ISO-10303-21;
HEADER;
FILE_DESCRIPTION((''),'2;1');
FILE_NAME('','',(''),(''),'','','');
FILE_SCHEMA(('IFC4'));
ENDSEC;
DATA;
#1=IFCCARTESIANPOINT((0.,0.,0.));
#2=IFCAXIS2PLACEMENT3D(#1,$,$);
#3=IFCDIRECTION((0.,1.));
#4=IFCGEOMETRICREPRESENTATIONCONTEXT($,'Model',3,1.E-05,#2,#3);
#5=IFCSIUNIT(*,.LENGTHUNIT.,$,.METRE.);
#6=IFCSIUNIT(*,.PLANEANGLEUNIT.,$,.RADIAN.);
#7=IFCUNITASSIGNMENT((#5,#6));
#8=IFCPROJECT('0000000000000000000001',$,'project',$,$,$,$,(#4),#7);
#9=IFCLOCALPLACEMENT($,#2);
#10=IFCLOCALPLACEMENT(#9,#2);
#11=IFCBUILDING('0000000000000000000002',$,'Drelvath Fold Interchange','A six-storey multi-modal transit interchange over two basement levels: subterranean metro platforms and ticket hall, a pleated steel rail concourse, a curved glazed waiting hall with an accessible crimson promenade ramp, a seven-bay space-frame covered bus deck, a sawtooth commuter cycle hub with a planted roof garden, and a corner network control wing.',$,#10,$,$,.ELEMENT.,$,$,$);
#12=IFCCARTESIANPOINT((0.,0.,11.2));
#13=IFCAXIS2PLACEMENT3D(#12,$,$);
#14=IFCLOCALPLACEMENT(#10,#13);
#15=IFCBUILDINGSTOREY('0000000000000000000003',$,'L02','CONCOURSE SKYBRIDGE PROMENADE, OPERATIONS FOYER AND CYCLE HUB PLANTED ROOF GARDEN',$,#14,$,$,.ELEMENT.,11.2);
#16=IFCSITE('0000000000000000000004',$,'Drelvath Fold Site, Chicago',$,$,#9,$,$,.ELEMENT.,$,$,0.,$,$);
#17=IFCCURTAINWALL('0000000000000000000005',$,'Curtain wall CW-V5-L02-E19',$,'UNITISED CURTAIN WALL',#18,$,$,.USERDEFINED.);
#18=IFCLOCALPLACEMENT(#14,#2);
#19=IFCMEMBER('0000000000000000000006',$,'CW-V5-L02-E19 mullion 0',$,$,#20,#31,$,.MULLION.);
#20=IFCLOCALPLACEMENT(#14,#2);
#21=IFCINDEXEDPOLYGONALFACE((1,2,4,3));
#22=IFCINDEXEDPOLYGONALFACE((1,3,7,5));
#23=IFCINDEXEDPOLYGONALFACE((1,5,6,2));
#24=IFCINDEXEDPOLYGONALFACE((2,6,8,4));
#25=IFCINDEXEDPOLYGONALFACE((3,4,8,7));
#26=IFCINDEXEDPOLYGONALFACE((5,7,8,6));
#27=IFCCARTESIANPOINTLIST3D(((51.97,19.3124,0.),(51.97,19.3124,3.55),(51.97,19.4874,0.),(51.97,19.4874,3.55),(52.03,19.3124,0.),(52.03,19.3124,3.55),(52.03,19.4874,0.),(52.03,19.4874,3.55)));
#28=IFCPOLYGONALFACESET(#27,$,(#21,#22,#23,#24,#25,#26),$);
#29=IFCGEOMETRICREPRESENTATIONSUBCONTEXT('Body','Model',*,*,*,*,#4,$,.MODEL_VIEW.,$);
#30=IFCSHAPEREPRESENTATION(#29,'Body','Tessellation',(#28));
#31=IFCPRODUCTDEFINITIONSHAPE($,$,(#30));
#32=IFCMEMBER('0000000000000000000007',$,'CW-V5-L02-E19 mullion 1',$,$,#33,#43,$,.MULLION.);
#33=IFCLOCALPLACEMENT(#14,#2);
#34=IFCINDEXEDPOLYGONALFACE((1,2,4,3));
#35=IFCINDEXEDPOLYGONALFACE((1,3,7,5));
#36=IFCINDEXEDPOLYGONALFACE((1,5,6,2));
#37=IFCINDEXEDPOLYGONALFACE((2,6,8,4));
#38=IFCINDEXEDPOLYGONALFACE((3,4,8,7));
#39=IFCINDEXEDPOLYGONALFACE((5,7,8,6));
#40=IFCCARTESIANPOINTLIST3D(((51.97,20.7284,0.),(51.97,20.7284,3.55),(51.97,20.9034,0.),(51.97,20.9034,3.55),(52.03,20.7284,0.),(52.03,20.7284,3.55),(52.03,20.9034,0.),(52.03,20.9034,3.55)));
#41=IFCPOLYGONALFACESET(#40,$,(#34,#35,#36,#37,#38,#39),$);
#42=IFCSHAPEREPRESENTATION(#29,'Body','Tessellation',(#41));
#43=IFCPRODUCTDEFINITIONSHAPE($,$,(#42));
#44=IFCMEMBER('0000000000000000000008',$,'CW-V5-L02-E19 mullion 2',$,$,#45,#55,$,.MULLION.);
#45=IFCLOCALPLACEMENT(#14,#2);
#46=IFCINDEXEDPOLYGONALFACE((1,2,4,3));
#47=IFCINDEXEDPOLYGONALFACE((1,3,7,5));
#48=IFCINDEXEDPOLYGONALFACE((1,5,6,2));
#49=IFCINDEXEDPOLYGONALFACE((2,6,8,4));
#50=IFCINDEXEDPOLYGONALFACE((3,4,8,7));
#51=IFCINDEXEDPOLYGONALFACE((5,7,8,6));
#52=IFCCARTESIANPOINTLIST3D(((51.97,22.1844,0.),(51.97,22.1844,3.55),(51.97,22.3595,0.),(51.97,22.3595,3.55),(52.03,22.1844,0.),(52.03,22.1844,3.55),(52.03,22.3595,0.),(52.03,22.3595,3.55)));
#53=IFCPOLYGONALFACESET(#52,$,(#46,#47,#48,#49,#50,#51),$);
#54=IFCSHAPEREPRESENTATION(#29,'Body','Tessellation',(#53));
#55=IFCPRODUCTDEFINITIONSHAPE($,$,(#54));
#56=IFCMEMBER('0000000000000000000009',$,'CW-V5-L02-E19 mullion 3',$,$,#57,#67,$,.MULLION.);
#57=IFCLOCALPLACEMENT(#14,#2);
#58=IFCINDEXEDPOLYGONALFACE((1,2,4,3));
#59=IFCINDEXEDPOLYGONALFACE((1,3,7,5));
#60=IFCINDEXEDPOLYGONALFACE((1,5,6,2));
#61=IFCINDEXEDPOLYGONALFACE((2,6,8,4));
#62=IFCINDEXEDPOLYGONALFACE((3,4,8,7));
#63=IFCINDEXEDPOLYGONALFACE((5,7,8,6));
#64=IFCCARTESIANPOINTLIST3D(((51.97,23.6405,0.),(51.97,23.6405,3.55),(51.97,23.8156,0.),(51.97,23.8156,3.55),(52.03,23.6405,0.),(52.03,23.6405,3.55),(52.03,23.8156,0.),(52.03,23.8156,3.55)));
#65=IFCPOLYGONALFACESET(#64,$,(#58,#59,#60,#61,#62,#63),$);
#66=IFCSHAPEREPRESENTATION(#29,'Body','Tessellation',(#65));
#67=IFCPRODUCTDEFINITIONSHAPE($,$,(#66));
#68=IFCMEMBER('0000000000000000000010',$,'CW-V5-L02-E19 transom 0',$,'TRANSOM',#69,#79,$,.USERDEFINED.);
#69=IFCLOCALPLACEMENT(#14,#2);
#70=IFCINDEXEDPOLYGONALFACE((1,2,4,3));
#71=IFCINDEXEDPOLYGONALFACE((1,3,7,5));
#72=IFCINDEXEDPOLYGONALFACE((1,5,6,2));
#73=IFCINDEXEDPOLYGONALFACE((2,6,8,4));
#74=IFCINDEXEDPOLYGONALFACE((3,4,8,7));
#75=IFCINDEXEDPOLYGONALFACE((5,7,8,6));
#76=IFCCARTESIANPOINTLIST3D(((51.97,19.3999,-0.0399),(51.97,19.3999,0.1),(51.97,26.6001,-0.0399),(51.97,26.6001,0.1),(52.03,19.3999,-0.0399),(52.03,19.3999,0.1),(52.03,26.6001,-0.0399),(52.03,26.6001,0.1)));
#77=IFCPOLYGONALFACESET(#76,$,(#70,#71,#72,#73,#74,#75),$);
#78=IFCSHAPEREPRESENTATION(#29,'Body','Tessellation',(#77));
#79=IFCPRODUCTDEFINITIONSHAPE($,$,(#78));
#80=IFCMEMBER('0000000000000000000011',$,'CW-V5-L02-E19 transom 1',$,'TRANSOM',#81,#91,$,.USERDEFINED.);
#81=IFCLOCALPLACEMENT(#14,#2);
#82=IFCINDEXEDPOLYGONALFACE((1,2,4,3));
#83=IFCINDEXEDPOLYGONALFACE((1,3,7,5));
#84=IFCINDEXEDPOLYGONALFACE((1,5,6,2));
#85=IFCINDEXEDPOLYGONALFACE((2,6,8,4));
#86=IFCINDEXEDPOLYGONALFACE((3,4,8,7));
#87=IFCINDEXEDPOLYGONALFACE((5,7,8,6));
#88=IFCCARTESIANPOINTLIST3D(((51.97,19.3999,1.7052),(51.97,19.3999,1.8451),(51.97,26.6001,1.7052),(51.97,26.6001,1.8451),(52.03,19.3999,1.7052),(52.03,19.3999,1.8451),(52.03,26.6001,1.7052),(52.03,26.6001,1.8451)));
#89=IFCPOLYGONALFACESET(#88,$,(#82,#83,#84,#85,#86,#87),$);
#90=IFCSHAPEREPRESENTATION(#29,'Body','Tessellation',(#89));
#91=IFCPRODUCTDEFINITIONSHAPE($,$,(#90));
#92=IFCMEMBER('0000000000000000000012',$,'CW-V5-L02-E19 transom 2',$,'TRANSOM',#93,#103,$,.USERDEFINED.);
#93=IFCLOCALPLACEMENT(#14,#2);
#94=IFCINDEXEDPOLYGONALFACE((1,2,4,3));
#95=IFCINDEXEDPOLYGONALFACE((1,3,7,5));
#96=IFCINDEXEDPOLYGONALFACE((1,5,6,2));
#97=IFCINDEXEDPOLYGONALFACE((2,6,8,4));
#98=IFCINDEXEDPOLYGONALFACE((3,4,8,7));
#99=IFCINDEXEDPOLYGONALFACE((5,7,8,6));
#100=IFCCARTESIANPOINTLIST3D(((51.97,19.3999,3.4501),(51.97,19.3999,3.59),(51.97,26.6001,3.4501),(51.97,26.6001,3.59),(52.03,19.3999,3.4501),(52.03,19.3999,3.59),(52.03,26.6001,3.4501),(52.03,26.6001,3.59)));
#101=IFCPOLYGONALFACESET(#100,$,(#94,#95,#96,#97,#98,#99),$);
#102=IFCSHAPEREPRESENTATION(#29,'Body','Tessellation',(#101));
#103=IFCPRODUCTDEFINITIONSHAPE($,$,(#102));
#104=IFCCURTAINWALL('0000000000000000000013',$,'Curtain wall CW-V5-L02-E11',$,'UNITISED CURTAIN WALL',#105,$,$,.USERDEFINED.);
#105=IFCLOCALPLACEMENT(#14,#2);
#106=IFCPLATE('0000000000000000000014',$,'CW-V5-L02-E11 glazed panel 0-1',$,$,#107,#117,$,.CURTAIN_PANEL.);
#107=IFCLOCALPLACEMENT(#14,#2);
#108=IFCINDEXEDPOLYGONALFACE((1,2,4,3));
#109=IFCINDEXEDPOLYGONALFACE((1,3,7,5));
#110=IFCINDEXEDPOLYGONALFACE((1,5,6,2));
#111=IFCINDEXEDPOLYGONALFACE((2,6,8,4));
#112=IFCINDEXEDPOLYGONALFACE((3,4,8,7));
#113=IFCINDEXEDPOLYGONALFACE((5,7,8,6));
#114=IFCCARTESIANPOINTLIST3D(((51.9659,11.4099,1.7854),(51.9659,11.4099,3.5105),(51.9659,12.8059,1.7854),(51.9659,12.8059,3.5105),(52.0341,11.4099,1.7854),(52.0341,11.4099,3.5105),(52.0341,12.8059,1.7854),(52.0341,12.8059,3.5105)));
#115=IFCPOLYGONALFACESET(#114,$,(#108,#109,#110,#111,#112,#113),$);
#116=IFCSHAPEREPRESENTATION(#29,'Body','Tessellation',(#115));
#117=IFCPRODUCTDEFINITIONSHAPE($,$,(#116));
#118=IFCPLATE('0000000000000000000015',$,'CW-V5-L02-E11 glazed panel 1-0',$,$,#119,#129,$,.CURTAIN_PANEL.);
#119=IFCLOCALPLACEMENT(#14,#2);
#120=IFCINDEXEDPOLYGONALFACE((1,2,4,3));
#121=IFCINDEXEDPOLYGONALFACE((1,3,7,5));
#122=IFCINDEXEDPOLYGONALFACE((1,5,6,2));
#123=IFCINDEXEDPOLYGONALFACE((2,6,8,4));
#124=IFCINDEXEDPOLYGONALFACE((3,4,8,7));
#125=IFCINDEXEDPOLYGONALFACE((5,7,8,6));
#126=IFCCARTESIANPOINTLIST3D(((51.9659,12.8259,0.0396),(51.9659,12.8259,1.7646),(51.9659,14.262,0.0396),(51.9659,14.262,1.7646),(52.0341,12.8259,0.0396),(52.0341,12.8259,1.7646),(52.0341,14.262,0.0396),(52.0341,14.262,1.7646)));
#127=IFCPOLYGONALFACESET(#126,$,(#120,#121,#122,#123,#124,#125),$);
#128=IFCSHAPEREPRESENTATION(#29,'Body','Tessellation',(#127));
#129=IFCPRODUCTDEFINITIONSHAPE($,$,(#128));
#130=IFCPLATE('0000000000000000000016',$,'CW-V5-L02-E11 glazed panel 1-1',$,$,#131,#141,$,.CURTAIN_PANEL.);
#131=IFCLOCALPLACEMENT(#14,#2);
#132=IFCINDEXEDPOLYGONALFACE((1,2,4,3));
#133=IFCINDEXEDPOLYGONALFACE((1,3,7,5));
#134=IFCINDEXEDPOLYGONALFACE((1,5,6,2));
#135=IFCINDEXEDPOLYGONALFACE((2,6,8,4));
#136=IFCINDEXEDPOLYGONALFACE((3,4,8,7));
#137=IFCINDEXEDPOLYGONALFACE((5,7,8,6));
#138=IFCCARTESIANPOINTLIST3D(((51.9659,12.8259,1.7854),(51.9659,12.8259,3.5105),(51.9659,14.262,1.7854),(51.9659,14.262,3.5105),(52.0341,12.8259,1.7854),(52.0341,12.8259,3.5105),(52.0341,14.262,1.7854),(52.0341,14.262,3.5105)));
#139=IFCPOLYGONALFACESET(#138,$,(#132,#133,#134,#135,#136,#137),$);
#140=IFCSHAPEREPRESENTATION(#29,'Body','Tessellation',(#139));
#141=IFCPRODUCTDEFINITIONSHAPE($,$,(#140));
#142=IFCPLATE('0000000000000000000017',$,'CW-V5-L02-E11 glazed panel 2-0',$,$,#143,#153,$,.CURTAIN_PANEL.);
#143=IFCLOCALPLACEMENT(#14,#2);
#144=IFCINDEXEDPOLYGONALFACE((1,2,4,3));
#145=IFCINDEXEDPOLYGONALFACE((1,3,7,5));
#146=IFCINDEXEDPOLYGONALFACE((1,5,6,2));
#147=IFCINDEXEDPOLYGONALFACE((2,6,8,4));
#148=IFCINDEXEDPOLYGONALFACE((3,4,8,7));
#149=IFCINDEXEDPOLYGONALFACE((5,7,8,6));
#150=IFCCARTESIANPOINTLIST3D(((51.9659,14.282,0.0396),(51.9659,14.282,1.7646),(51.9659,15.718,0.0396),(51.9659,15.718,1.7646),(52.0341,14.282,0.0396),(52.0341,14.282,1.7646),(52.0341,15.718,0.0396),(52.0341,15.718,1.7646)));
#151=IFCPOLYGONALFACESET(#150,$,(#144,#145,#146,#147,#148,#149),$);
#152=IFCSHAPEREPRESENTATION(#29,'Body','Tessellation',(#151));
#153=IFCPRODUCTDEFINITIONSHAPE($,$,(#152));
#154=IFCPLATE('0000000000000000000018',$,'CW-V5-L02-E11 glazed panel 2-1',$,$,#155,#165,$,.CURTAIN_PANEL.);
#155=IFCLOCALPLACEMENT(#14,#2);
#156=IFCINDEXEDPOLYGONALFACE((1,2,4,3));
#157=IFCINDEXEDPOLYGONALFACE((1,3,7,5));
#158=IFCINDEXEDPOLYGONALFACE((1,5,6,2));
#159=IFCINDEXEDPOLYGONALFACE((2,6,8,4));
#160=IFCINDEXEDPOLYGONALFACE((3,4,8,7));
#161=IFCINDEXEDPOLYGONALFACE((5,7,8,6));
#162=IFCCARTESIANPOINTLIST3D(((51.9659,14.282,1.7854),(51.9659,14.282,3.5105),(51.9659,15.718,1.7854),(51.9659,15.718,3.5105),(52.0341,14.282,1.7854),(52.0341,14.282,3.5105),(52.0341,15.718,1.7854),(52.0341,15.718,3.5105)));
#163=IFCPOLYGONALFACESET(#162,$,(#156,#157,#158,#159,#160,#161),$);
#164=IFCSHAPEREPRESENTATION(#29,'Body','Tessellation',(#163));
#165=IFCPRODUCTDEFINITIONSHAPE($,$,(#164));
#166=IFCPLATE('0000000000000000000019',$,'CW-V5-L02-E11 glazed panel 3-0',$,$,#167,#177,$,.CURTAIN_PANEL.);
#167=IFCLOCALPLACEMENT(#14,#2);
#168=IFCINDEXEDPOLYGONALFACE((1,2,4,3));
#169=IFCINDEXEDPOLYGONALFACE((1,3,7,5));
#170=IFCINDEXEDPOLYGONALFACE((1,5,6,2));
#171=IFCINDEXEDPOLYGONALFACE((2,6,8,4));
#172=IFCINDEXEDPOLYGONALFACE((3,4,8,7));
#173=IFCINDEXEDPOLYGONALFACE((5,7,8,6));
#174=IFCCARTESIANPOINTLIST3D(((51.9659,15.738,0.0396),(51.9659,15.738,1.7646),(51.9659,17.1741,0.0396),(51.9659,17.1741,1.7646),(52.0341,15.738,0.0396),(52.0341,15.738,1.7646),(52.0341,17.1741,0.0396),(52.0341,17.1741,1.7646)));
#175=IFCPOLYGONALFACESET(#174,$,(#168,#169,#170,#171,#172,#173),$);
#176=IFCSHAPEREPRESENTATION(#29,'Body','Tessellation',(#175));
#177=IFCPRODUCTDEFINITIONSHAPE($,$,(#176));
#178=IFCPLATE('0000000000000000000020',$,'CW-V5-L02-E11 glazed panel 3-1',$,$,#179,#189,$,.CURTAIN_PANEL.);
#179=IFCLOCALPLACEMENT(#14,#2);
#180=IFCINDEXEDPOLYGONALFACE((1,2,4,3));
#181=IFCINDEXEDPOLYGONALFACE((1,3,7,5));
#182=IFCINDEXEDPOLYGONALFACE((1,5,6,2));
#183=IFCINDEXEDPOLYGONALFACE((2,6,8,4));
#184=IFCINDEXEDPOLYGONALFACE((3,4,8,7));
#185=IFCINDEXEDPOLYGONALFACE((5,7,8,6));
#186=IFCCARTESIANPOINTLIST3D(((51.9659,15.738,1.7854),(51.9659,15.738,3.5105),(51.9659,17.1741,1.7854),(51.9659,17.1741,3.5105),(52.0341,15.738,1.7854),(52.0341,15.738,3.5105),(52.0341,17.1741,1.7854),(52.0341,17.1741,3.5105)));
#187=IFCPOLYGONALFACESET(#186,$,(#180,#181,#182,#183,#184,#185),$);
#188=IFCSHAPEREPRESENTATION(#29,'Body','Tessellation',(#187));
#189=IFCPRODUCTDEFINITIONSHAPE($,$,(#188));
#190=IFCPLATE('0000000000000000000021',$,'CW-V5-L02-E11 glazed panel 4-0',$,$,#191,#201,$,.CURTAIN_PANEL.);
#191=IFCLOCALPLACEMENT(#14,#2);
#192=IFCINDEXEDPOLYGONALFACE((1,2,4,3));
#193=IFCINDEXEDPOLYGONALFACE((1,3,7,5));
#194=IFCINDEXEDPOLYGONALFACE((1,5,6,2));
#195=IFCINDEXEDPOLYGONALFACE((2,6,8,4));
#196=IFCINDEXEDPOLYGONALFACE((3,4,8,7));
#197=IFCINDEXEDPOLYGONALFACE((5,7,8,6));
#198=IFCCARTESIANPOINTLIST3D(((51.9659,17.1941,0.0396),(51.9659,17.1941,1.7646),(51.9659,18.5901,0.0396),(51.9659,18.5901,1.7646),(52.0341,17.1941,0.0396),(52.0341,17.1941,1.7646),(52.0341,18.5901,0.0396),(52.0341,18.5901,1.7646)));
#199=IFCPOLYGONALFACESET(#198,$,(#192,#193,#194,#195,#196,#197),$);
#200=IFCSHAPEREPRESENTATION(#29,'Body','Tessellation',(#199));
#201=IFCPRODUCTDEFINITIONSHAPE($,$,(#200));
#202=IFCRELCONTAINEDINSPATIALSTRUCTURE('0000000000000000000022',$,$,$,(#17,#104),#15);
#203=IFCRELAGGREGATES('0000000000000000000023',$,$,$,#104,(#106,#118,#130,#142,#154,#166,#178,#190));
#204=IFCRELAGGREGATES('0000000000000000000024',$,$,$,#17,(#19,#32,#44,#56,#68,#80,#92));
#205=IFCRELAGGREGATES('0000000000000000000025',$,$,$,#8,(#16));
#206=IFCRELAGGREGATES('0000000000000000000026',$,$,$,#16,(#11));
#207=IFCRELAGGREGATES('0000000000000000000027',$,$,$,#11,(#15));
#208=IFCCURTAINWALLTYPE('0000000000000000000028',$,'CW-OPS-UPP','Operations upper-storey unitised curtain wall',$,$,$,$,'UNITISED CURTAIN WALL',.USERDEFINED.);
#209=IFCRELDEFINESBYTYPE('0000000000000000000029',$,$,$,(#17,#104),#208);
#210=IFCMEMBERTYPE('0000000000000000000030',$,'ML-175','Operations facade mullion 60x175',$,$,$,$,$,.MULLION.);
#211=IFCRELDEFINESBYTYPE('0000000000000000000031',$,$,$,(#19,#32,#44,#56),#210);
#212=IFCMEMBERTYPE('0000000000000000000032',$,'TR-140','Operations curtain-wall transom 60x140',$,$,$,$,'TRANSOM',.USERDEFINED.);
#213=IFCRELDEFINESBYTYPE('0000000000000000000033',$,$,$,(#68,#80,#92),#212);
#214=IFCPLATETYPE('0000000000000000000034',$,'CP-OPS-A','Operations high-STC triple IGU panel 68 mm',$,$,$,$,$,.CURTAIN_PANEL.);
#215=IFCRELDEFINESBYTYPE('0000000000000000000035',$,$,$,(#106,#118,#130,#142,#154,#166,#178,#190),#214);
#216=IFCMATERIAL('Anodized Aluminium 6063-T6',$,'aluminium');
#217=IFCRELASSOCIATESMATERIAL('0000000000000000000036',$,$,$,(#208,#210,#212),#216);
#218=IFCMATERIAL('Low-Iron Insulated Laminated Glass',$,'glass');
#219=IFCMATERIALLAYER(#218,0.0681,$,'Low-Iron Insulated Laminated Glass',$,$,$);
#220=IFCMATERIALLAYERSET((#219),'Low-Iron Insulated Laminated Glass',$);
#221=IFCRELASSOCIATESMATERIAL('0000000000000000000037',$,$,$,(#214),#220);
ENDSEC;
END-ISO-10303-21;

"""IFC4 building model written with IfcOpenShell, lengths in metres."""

from ifc_helpers import new_model, si_unit, direction, frame, origin, origin_2d, place, context, subcontext, project, spatial, rectangle, extrude, material, layer, layer_set, material_profile, profile_set, type_object, element, aggregate, save


model = new_model("IFC4")

# Units and contexts
model_context = context("Model", 3, precision=1e-05, world=origin(), true_north=direction((0.0, 1.0)))
body_context = subcontext(model_context, "Body", "Model", "MODEL_VIEW")
ifc_project = project(units=[si_unit("LENGTHUNIT", "METRE"), si_unit("PLANEANGLEUNIT", "RADIAN")], contexts=[model_context])

# Site, building, storey
site_placement = place(None, origin())
site = spatial("IfcSite", under=ifc_project, at=site_placement, Name="Drelvath Fold Site, Chicago", CompositionType="ELEMENT", RefElevation=0.0)
building_placement = place(site_placement, origin())
building = spatial("IfcBuilding", under=site, at=building_placement, Name="Drelvath Fold Interchange", Description="A six-storey multi-modal transit interchange over two basement levels: subterranean metro platforms and ticket hall, a pleated steel rail concourse, a curved glazed waiting hall with an accessible crimson promenade ramp, a seven-bay space-frame covered bus deck, a sawtooth commuter cycle hub with a planted roof garden, and a corner network control wing.", CompositionType="ELEMENT")
storey_placement = place(building_placement, frame((0.0, 0.0, 11.2)))
storey = spatial("IfcBuildingStorey", under=building, at=storey_placement, Name="L02", Description="CONCOURSE SKYBRIDGE PROMENADE, OPERATIONS FOYER AND CYCLE HUB PLANTED ROOF GARDEN", CompositionType="ELEMENT", Elevation=11.2)

# Curtain wall, members
ifc_material_1 = material(Name="Anodized Aluminium 6063-T6", Category="aluminium")
curtain_wall_type = type_object("IfcCurtainWallType", Name="CW-OPS-UPP", Description="Operations upper-storey unitised curtain wall", ElementType="UNITISED CURTAIN WALL", PredefinedType="USERDEFINED", material=ifc_material_1)
curtain_wall_1_placement = place(storey_placement, origin())
curtain_wall_1 = element("IfcCurtainWall", 1, at=curtain_wall_1_placement, inside=storey, type_object=curtain_wall_type, Name="Curtain wall CW-V5-L02-E19", ObjectType="UNITISED CURTAIN WALL", PredefinedType="USERDEFINED")
ifc_material_profile_1 = material_profile(ifc_material_1, rectangle(XDim=0.0601, YDim=0.175, at=origin_2d()), Name="AL-M 60x175")
ifc_profile_set_1 = profile_set([ifc_material_profile_1], Name="Anodized Aluminium 6063-T6")
member_type_1 = type_object("IfcMemberType", Name="ML-175", Description="Operations facade mullion 60x175", PredefinedType="MULLION", material=ifc_profile_set_1)
member_1_placement = place(storey_placement, frame((52.0, 19.3999, 0.0), z_axis=(0.0, 0.0, 1.0), x_axis=(1.0, 0.0, 0.0)))
member_1 = element("IfcMember", 2, at=member_1_placement, type_object=member_type_1, Name="CW-V5-L02-E19 mullion 0", PredefinedType="MULLION", context=body_context, shape_type="SweptSolid", body=[
    extrude(rectangle(XDim=0.0601, YDim=0.175, at=origin_2d()), origin(), (0.0, 0.0, 1.0), 3.55),
])
member_2_placement = place(storey_placement, frame((52.0, 20.8159, 0.0), z_axis=(0.0, 0.0, 1.0), x_axis=(1.0, 0.0, 0.0)))
member_2 = element("IfcMember", 3, at=member_2_placement, type_object=member_type_1, Name="CW-V5-L02-E19 mullion 1", PredefinedType="MULLION", context=body_context, shape_type="SweptSolid", body=[
    extrude(rectangle(XDim=0.0601, YDim=0.175, at=origin_2d()), origin(), (0.0, 0.0, 1.0), 3.55),
])
member_3_placement = place(storey_placement, frame((52.0, 22.272, 0.0), z_axis=(0.0, 0.0, 1.0), x_axis=(1.0, 0.0, 0.0)))
member_3 = element("IfcMember", 4, at=member_3_placement, type_object=member_type_1, Name="CW-V5-L02-E19 mullion 2", PredefinedType="MULLION", context=body_context, shape_type="SweptSolid", body=[
    extrude(rectangle(XDim=0.0601, YDim=0.175, at=origin_2d()), origin(), (0.0, 0.0, 1.0), 3.55),
])
member_4_placement = place(storey_placement, frame((52.0, 23.728, 0.0), z_axis=(0.0, 0.0, 1.0), x_axis=(1.0, 0.0, 0.0)))
member_4 = element("IfcMember", 5, at=member_4_placement, type_object=member_type_1, Name="CW-V5-L02-E19 mullion 3", PredefinedType="MULLION", context=body_context, shape_type="SweptSolid", body=[
    extrude(rectangle(XDim=0.0601, YDim=0.175, at=origin_2d()), origin(), (0.0, 0.0, 1.0), 3.55),
])
ifc_material_profile_2 = material_profile(ifc_material_1, rectangle(XDim=0.0601, YDim=0.1399, at=origin_2d()), Name="AL-T 60x140")
ifc_profile_set_2 = profile_set([ifc_material_profile_2], Name="Anodized Aluminium 6063-T6")
member_type_2 = type_object("IfcMemberType", Name="TR-140", Description="Operations curtain-wall transom 60x140", ElementType="TRANSOM", PredefinedType="USERDEFINED", material=ifc_profile_set_2)
member_5_placement = place(storey_placement, frame((52.0, 19.3999, 0.03), z_axis=(0.0, 1.0, 0.0), x_axis=(-1.0, 0.0, 0.0)))
member_5 = element("IfcMember", 6, at=member_5_placement, type_object=member_type_2, Name="CW-V5-L02-E19 transom 0", ObjectType="TRANSOM", PredefinedType="USERDEFINED", context=body_context, shape_type="SweptSolid", body=[
    extrude(rectangle(XDim=0.0601, YDim=0.1399, at=origin_2d()), origin(), (0.0, 0.0, 1.0), 7.2002),
])
member_6_placement = place(storey_placement, frame((52.0, 19.3999, 1.7751), z_axis=(0.0, 1.0, 0.0), x_axis=(-1.0, 0.0, 0.0)))
member_6 = element("IfcMember", 7, at=member_6_placement, type_object=member_type_2, Name="CW-V5-L02-E19 transom 1", ObjectType="TRANSOM", PredefinedType="USERDEFINED", context=body_context, shape_type="SweptSolid", body=[
    extrude(rectangle(XDim=0.0601, YDim=0.1399, at=origin_2d()), origin(), (0.0, 0.0, 1.0), 7.2002),
])
member_7_placement = place(storey_placement, frame((52.0, 19.3999, 3.52), z_axis=(0.0, 1.0, 0.0), x_axis=(-1.0, 0.0, 0.0)))
member_7 = element("IfcMember", 8, at=member_7_placement, type_object=member_type_2, Name="CW-V5-L02-E19 transom 2", ObjectType="TRANSOM", PredefinedType="USERDEFINED", context=body_context, shape_type="SweptSolid", body=[
    extrude(rectangle(XDim=0.0601, YDim=0.1399, at=origin_2d()), origin(), (0.0, 0.0, 1.0), 7.2002),
])

# Curtain wall, plates
curtain_wall_2_placement = place(storey_placement, origin())
curtain_wall_2 = element("IfcCurtainWall", 9, at=curtain_wall_2_placement, inside=storey, type_object=curtain_wall_type, Name="Curtain wall CW-V5-L02-E11", ObjectType="UNITISED CURTAIN WALL", PredefinedType="USERDEFINED")
ifc_material_2 = material(Name="Low-Iron Insulated Laminated Glass", Category="glass")
ifc_layer = layer(ifc_material_2, 0.0681, Name="Low-Iron Insulated Laminated Glass")
ifc_layer_set = layer_set([ifc_layer], Name="Low-Iron Insulated Laminated Glass")
plate_type = type_object("IfcPlateType", Name="CP-OPS-A", Description="Operations high-STC triple IGU panel 68 mm", PredefinedType="CURTAIN_PANEL", material=ifc_layer_set)
plate_1_placement = place(storey_placement, frame((52.0, 12.1079, 1.7854), z_axis=(0.0, 0.0, 1.0), x_axis=(0.0, 1.0, 0.0)))
plate_1 = element("IfcPlate", 10, at=plate_1_placement, type_object=plate_type, Name="CW-V5-L02-E11 glazed panel 0-1", PredefinedType="CURTAIN_PANEL", context=body_context, shape_type="SweptSolid", body=[
    extrude(rectangle(XDim=1.396, YDim=0.0681, at=origin_2d()), origin(), (0.0, 0.0, 1.0), 1.7251),
])
plate_2_placement = place(storey_placement, frame((52.0, 13.5439, 0.0396), z_axis=(0.0, 0.0, 1.0), x_axis=(0.0, 1.0, 0.0)))
plate_2 = element("IfcPlate", 11, at=plate_2_placement, type_object=plate_type, Name="CW-V5-L02-E11 glazed panel 1-0", PredefinedType="CURTAIN_PANEL", context=body_context, shape_type="SweptSolid", body=[
    extrude(rectangle(XDim=1.436, YDim=0.0681, at=origin_2d()), origin(), (0.0, 0.0, 1.0), 1.7251),
])
plate_3_placement = place(storey_placement, frame((52.0, 13.5439, 1.7854), z_axis=(0.0, 0.0, 1.0), x_axis=(0.0, 1.0, 0.0)))
plate_3 = element("IfcPlate", 12, at=plate_3_placement, type_object=plate_type, Name="CW-V5-L02-E11 glazed panel 1-1", PredefinedType="CURTAIN_PANEL", context=body_context, shape_type="SweptSolid", body=[
    extrude(rectangle(XDim=1.436, YDim=0.0681, at=origin_2d()), origin(), (0.0, 0.0, 1.0), 1.7251),
])
plate_4_placement = place(storey_placement, frame((52.0, 15.0, 0.0396), z_axis=(0.0, 0.0, 1.0), x_axis=(0.0, 1.0, 0.0)))
plate_4 = element("IfcPlate", 13, at=plate_4_placement, type_object=plate_type, Name="CW-V5-L02-E11 glazed panel 2-0", PredefinedType="CURTAIN_PANEL", context=body_context, shape_type="SweptSolid", body=[
    extrude(rectangle(XDim=1.436, YDim=0.0681, at=origin_2d()), origin(), (0.0, 0.0, 1.0), 1.7251),
])
plate_5_placement = place(storey_placement, frame((52.0, 15.0, 1.7854), z_axis=(0.0, 0.0, 1.0), x_axis=(0.0, 1.0, 0.0)))
plate_5 = element("IfcPlate", 14, at=plate_5_placement, type_object=plate_type, Name="CW-V5-L02-E11 glazed panel 2-1", PredefinedType="CURTAIN_PANEL", context=body_context, shape_type="SweptSolid", body=[
    extrude(rectangle(XDim=1.436, YDim=0.0681, at=origin_2d()), origin(), (0.0, 0.0, 1.0), 1.7251),
])
plate_6_placement = place(storey_placement, frame((52.0, 16.4561, 0.0396), z_axis=(0.0, 0.0, 1.0), x_axis=(0.0, 1.0, 0.0)))
plate_6 = element("IfcPlate", 15, at=plate_6_placement, type_object=plate_type, Name="CW-V5-L02-E11 glazed panel 3-0", PredefinedType="CURTAIN_PANEL", context=body_context, shape_type="SweptSolid", body=[
    extrude(rectangle(XDim=1.436, YDim=0.0681, at=origin_2d()), origin(), (0.0, 0.0, 1.0), 1.7251),
])
plate_7_placement = place(storey_placement, frame((52.0, 16.4561, 1.7854), z_axis=(0.0, 0.0, 1.0), x_axis=(0.0, 1.0, 0.0)))
plate_7 = element("IfcPlate", 16, at=plate_7_placement, type_object=plate_type, Name="CW-V5-L02-E11 glazed panel 3-1", PredefinedType="CURTAIN_PANEL", context=body_context, shape_type="SweptSolid", body=[
    extrude(rectangle(XDim=1.436, YDim=0.0681, at=origin_2d()), origin(), (0.0, 0.0, 1.0), 1.7251),
])
plate_8_placement = place(storey_placement, frame((52.0, 17.8921, 0.0396), z_axis=(0.0, 0.0, 1.0), x_axis=(0.0, 1.0, 0.0)))
plate_8 = element("IfcPlate", 17, at=plate_8_placement, type_object=plate_type, Name="CW-V5-L02-E11 glazed panel 4-0", PredefinedType="CURTAIN_PANEL", context=body_context, shape_type="SweptSolid", body=[
    extrude(rectangle(XDim=1.396, YDim=0.0681, at=origin_2d()), origin(), (0.0, 0.0, 1.0), 1.7251),
])
aggregate(curtain_wall_2, [plate_1, plate_2, plate_3, plate_4, plate_5, plate_6, plate_7, plate_8])

aggregate(curtain_wall_1, [member_1, member_2, member_3, member_4, member_5, member_6, member_7])

save(model, "model.ifc")
